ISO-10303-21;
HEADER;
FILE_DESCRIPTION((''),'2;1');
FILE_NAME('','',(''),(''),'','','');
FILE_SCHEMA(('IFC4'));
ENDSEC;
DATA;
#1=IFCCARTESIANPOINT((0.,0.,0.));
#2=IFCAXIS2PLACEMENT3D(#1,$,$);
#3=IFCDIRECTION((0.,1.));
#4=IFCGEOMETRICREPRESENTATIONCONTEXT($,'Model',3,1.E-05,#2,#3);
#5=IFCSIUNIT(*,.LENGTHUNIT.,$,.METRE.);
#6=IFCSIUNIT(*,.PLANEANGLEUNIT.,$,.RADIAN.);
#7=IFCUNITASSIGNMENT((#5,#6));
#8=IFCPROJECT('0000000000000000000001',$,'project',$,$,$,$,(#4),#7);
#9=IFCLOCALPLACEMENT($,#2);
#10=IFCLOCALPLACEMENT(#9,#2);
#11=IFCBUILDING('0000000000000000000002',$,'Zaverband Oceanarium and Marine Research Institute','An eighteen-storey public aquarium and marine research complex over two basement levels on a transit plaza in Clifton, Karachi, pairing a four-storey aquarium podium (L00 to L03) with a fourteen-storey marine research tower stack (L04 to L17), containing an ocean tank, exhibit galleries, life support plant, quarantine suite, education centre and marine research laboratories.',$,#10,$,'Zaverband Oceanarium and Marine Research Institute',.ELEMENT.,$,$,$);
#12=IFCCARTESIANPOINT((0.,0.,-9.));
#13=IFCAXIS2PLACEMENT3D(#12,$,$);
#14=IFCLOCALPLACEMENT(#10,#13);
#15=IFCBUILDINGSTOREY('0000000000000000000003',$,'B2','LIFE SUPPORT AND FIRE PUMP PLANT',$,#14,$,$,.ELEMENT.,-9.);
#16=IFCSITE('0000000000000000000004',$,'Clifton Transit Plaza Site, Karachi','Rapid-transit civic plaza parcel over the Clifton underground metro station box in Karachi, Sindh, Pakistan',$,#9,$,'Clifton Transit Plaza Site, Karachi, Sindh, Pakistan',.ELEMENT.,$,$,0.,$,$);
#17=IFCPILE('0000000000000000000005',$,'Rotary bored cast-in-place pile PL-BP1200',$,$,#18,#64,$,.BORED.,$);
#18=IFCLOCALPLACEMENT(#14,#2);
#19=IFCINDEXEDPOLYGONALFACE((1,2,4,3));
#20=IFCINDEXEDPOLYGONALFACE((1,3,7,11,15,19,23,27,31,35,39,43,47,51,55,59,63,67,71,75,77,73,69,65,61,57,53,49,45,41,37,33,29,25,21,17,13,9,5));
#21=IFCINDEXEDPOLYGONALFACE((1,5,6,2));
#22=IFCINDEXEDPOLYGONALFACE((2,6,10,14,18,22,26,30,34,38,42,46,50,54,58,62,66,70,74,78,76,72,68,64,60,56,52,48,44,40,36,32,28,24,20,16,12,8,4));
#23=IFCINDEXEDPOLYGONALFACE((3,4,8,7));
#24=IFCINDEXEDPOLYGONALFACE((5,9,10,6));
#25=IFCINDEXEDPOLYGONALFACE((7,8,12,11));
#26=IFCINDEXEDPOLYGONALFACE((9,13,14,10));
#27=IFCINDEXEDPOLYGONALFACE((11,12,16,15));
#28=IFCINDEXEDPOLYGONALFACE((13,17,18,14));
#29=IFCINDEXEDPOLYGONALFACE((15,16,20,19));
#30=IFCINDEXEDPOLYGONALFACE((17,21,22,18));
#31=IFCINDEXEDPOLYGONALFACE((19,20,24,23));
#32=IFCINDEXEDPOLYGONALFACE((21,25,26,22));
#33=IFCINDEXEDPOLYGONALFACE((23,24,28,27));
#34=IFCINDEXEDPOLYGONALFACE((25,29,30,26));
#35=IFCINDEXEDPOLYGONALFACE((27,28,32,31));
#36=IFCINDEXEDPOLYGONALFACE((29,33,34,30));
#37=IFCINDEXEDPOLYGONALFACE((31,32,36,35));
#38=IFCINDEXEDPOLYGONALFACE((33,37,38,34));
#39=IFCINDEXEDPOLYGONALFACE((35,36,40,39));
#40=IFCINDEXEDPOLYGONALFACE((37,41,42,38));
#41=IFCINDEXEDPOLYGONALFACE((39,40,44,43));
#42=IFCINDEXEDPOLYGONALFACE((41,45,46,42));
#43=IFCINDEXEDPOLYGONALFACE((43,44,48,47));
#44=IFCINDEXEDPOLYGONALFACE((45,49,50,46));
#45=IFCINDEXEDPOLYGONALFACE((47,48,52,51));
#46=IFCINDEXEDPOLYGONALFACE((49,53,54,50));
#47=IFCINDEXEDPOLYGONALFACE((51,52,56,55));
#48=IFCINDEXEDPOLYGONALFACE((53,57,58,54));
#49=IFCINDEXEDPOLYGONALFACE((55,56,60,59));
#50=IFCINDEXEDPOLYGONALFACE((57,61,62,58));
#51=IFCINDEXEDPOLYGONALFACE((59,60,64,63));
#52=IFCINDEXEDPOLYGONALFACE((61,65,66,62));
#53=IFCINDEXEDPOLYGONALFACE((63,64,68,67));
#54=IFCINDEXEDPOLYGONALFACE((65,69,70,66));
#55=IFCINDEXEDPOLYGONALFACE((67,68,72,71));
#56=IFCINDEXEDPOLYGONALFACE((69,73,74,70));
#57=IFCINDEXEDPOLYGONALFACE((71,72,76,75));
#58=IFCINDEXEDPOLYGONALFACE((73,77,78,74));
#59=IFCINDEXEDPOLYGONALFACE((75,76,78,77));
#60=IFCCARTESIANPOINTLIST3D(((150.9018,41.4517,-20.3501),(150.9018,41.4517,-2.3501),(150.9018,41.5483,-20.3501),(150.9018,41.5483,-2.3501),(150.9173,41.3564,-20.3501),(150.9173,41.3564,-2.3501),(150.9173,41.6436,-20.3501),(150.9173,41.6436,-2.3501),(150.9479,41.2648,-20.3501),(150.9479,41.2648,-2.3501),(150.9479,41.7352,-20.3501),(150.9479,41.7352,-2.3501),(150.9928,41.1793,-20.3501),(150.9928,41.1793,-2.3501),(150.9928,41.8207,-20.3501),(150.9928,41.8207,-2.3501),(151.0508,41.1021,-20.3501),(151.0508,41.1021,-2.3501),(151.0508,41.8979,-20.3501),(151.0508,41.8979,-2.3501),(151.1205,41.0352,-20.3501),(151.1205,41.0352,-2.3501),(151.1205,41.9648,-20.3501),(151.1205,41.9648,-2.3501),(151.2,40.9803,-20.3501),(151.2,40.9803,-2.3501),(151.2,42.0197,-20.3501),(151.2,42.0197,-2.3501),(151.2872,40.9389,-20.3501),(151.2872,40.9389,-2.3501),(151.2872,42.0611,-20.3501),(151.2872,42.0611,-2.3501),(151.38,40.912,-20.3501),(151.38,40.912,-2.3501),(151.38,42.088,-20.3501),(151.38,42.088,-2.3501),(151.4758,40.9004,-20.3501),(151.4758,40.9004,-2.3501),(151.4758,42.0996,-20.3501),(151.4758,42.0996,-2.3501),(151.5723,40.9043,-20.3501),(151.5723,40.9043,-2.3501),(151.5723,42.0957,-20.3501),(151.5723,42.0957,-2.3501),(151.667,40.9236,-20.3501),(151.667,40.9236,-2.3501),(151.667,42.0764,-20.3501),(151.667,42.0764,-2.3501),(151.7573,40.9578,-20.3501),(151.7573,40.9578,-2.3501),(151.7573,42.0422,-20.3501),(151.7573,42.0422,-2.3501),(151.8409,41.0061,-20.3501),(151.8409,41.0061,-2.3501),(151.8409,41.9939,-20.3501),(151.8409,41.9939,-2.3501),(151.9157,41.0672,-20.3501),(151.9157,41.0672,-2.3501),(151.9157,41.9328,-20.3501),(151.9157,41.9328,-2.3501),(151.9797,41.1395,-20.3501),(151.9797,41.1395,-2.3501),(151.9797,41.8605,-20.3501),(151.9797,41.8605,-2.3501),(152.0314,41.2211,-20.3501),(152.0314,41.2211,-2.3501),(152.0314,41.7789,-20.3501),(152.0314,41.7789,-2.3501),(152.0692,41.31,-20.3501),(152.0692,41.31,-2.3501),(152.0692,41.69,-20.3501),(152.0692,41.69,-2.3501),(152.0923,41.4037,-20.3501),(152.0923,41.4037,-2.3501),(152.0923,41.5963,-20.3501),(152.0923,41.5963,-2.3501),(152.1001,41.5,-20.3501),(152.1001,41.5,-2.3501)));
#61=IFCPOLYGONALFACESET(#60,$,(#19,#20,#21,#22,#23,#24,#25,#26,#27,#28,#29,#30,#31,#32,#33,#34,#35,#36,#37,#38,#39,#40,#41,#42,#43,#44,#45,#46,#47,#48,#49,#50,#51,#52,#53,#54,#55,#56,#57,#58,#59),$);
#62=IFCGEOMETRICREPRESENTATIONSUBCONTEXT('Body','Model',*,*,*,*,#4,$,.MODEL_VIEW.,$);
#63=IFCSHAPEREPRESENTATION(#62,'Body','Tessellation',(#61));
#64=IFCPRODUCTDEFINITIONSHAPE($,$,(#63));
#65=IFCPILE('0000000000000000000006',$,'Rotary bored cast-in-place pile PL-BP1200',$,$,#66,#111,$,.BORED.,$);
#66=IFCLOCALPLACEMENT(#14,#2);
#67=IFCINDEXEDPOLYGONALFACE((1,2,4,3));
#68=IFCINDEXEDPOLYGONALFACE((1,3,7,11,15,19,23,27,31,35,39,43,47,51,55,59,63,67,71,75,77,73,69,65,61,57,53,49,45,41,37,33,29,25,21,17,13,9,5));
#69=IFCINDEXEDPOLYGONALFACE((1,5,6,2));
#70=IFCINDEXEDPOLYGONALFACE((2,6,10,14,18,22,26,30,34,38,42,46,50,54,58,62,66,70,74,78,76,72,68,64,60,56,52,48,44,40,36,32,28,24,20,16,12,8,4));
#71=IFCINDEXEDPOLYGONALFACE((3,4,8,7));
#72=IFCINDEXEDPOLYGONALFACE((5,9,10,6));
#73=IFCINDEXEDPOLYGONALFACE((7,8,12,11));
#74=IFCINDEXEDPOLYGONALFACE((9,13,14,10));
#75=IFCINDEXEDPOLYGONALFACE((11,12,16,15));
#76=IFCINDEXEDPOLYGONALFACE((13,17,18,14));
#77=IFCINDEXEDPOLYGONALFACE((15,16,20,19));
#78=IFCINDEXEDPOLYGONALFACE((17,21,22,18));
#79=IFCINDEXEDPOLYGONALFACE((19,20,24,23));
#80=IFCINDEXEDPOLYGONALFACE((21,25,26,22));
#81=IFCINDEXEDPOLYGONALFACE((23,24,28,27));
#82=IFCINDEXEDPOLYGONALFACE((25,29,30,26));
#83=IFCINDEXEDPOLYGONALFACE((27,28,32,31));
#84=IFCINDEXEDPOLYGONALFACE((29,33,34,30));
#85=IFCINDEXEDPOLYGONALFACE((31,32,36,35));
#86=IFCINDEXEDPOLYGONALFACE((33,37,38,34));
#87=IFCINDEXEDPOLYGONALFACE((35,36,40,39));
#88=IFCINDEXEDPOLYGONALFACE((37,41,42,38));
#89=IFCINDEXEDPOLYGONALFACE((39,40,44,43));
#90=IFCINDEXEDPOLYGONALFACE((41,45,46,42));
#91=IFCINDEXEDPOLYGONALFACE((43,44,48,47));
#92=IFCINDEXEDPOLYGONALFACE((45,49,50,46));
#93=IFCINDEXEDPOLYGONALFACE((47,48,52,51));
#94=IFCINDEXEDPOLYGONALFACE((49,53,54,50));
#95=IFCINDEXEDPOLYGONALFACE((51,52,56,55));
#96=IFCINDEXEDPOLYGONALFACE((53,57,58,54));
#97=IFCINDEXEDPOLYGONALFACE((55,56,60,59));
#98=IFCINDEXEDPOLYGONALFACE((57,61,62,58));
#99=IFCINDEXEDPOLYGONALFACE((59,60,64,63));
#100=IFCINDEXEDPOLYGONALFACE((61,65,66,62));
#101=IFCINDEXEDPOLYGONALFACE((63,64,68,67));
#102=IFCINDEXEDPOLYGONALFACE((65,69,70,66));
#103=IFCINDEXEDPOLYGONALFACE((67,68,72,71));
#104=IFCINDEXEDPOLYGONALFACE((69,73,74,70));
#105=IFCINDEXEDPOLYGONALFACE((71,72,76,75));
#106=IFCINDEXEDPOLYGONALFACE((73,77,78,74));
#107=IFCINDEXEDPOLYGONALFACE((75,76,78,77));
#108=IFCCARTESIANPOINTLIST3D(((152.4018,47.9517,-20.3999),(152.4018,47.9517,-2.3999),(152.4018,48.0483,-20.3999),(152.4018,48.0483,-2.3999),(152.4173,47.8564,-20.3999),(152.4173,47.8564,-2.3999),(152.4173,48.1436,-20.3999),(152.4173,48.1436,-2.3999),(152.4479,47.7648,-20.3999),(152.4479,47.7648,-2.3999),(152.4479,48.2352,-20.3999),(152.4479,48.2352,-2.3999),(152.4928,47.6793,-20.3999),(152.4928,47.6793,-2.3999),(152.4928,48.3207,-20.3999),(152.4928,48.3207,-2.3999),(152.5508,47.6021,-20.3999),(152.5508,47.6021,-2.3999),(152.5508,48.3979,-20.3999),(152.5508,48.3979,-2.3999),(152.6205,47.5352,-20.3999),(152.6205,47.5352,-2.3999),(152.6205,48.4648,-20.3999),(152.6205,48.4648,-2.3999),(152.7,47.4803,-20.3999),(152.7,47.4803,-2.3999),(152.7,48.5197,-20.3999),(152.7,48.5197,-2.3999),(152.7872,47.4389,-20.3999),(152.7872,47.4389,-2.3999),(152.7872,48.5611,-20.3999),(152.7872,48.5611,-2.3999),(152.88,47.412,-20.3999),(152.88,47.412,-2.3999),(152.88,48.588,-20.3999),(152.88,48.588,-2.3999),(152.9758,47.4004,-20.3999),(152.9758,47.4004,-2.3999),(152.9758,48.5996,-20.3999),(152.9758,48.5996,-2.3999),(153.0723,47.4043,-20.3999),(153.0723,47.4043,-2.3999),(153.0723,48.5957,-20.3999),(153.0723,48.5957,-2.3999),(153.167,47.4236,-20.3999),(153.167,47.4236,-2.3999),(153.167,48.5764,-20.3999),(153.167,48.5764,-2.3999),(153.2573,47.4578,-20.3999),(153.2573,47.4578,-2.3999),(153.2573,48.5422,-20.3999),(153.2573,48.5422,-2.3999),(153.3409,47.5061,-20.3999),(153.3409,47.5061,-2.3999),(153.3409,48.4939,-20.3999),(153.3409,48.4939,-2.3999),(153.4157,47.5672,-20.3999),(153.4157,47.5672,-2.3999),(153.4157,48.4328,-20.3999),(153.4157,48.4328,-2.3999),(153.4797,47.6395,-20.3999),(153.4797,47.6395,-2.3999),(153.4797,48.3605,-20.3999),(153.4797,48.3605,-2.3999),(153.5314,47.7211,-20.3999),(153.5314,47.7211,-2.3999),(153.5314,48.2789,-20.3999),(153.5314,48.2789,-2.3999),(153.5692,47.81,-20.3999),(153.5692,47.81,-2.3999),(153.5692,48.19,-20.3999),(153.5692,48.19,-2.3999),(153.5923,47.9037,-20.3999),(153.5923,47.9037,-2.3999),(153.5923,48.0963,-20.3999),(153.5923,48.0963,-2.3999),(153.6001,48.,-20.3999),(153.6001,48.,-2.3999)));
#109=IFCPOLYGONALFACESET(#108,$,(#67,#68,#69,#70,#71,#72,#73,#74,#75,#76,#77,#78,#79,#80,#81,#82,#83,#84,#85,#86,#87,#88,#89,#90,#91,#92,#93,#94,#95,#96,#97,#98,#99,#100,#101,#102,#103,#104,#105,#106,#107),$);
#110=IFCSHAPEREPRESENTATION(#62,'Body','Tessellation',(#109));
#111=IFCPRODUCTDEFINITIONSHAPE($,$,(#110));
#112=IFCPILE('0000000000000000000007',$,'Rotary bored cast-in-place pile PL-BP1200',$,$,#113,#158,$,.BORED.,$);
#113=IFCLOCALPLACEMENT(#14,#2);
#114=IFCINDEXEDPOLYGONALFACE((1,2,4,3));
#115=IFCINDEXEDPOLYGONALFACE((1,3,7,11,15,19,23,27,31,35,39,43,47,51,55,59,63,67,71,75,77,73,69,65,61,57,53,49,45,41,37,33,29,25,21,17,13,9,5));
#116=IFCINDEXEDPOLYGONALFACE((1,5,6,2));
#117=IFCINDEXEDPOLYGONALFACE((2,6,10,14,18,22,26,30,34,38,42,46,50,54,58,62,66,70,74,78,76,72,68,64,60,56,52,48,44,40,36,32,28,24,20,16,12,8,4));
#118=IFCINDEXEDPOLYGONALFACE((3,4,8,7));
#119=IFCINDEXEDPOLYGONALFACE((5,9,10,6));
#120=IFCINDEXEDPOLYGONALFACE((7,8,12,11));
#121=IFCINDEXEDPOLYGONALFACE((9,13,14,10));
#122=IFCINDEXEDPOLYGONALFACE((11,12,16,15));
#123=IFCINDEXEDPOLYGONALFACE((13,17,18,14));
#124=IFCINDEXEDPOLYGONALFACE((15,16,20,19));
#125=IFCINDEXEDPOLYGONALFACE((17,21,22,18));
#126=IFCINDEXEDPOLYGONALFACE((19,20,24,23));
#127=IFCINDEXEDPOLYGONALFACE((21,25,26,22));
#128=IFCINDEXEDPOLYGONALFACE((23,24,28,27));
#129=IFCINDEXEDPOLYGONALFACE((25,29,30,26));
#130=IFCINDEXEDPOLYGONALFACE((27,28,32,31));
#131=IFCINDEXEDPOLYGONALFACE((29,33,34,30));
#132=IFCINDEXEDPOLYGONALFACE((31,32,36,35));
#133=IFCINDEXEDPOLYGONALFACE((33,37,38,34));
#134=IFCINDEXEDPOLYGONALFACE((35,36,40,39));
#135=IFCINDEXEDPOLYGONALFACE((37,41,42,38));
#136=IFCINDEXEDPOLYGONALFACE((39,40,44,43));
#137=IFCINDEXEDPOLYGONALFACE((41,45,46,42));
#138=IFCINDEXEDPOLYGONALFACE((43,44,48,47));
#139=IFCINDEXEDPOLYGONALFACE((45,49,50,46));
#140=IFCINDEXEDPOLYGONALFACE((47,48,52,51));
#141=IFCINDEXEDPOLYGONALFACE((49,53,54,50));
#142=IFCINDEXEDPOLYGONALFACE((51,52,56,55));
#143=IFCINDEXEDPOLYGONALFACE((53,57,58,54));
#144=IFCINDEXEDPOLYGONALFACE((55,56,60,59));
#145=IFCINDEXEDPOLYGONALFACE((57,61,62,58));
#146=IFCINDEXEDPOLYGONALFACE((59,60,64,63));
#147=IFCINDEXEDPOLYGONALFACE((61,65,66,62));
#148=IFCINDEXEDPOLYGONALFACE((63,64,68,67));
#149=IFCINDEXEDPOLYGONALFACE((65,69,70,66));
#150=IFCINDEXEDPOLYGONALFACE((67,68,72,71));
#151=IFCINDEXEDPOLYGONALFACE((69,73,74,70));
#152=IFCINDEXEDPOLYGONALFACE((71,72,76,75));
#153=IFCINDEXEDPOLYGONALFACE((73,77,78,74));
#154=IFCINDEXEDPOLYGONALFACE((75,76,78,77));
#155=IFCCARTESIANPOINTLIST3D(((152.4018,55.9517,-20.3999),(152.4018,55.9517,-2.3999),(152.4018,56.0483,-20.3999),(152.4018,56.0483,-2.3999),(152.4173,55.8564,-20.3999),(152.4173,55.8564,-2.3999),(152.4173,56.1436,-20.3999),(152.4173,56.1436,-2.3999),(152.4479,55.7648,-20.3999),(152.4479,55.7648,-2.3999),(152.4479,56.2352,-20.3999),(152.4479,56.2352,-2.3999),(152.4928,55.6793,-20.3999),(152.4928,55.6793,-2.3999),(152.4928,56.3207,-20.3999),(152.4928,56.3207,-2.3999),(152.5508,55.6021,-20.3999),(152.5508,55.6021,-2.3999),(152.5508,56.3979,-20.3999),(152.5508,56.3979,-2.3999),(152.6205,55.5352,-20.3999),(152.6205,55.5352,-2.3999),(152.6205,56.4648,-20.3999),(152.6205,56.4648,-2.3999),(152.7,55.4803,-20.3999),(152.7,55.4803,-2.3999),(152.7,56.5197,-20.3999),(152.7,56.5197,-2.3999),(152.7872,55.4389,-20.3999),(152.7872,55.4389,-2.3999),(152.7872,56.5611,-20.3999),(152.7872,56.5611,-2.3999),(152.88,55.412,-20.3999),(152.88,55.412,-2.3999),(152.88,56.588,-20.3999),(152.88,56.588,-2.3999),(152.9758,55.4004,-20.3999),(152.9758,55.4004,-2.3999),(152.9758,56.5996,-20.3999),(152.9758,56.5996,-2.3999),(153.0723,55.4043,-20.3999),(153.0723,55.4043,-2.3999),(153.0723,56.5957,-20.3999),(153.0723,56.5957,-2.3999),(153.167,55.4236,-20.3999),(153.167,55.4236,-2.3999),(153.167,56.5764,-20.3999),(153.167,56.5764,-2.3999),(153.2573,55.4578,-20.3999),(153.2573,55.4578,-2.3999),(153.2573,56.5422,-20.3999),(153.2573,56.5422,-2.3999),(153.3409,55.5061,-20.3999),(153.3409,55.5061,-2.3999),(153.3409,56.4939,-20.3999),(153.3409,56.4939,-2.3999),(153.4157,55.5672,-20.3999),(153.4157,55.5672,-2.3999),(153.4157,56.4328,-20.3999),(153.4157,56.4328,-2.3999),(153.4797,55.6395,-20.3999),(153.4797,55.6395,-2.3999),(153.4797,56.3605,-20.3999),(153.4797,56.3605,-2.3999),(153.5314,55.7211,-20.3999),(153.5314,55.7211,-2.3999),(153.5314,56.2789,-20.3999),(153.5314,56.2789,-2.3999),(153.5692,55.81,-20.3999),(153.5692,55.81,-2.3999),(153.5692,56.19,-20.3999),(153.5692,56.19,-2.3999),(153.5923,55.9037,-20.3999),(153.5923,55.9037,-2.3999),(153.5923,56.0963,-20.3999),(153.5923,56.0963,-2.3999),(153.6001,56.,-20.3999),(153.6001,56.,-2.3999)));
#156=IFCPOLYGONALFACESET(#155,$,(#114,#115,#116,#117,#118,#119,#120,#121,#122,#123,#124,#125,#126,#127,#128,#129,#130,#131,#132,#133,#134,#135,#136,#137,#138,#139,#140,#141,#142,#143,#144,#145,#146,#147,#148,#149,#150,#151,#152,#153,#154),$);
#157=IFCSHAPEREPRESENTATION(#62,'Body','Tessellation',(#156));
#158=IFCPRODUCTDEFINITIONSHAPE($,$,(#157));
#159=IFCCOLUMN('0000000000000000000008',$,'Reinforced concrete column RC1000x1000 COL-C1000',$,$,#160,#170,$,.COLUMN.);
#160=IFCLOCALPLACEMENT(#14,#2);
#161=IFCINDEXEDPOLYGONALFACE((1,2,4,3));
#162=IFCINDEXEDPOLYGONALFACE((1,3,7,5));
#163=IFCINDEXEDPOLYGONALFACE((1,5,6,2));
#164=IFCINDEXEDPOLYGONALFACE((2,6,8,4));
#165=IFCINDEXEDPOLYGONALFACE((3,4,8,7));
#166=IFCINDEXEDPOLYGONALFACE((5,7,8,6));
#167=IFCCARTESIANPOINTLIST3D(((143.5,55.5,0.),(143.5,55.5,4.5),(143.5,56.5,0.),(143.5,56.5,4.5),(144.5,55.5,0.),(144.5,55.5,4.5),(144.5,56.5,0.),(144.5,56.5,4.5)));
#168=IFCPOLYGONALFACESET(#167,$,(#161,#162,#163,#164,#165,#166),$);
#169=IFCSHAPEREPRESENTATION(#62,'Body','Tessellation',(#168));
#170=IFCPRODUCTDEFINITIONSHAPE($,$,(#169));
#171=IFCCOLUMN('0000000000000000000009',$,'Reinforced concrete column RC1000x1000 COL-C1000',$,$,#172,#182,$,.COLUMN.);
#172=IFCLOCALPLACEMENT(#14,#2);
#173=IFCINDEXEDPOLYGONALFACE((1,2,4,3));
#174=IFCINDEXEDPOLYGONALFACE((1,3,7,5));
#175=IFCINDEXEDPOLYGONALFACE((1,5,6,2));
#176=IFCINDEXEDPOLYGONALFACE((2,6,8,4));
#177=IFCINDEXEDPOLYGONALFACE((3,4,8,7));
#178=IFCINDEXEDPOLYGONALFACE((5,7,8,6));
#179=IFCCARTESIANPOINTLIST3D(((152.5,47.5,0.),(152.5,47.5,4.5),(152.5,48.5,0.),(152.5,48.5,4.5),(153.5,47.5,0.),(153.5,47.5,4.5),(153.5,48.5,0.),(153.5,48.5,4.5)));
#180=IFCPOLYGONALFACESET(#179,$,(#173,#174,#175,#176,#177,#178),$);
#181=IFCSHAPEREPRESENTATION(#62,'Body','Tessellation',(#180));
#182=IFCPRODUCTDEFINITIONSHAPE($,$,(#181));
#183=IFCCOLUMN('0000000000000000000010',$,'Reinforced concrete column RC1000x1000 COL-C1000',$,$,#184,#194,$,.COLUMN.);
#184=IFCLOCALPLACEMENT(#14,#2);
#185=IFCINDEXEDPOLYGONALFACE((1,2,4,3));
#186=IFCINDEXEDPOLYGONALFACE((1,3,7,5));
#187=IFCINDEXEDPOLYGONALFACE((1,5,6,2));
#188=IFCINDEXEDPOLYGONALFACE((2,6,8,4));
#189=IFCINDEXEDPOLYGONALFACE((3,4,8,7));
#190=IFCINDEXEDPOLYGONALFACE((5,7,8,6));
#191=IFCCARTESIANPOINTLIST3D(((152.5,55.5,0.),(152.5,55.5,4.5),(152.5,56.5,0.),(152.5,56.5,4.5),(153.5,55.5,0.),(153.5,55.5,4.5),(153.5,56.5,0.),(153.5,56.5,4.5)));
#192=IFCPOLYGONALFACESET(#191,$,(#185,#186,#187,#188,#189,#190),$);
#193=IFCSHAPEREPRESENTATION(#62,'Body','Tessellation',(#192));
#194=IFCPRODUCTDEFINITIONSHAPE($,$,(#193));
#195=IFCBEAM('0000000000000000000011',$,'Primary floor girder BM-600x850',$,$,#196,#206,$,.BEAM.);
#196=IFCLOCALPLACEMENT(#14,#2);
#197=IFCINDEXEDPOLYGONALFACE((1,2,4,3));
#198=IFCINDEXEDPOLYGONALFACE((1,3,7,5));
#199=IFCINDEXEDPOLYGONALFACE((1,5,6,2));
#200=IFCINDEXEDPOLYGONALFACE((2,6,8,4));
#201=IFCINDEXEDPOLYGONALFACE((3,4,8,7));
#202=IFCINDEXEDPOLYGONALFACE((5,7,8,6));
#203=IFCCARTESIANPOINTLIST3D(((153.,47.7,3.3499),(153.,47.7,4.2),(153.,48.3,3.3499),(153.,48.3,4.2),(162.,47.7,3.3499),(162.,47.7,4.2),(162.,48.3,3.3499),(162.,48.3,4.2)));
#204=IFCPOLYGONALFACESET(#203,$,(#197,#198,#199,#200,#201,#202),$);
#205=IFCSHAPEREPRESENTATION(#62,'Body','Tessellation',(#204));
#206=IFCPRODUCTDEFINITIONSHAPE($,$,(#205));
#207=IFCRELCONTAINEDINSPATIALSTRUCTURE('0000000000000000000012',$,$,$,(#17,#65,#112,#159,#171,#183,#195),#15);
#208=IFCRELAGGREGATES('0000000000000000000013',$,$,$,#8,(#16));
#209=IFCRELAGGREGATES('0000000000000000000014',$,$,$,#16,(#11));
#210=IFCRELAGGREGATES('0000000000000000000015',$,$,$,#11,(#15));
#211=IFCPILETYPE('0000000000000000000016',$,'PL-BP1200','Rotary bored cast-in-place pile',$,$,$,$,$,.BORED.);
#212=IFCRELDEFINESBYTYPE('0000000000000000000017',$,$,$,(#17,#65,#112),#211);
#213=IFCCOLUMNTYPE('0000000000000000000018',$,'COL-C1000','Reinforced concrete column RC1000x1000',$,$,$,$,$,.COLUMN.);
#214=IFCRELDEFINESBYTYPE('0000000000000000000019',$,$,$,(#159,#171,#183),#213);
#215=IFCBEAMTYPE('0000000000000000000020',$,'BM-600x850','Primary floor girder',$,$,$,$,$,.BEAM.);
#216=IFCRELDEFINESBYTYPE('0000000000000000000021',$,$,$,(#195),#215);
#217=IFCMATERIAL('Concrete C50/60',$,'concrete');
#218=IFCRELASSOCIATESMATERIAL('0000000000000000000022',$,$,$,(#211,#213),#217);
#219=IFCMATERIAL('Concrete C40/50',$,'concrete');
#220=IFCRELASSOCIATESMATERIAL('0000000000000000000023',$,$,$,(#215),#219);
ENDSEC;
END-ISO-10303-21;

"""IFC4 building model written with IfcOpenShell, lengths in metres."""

from ifc_helpers import new_model, si_unit, direction, frame, origin, origin_2d, place, context, subcontext, project, spatial, rectangle, circle, extrude, material, material_profile, profile_set, type_object, element, save


model = new_model("IFC4")

# Units and contexts
model_context = context("Model", 3, precision=1e-05, world=origin(), true_north=direction((0.0, 1.0)))
body_context = subcontext(model_context, "Body", "Model", "MODEL_VIEW")
ifc_project = project(units=[si_unit("LENGTHUNIT", "METRE"), si_unit("PLANEANGLEUNIT", "RADIAN")], contexts=[model_context])

# Site, building, storey
site_placement = place(None, origin())
site = spatial("IfcSite", under=ifc_project, at=site_placement, Name="Clifton Transit Plaza Site, Karachi", Description="Rapid-transit civic plaza parcel over the Clifton underground metro station box in Karachi, Sindh, Pakistan", LongName="Clifton Transit Plaza Site, Karachi, Sindh, Pakistan", CompositionType="ELEMENT", RefElevation=0.0)
building_placement = place(site_placement, origin())
building = spatial("IfcBuilding", under=site, at=building_placement, Name="Zaverband Oceanarium and Marine Research Institute", Description="An eighteen-storey public aquarium and marine research complex over two basement levels on a transit plaza in Clifton, Karachi, pairing a four-storey aquarium podium (L00 to L03) with a fourteen-storey marine research tower stack (L04 to L17), containing an ocean tank, exhibit galleries, life support plant, quarantine suite, education centre and marine research laboratories.", LongName="Zaverband Oceanarium and Marine Research Institute", CompositionType="ELEMENT")
storey_placement = place(building_placement, frame((0.0, 0.0, -9.0)))
storey = spatial("IfcBuildingStorey", under=building, at=storey_placement, Name="B2", Description="LIFE SUPPORT AND FIRE PUMP PLANT", CompositionType="ELEMENT", Elevation=-9.0)

# Shared definitions
ifc_material_1 = material(Name="Concrete C50/60", Category="concrete")

# Piles
ifc_material_profile_1 = material_profile(ifc_material_1, circle(Radius=0.6001, at=origin_2d()), Name="BP1200")
ifc_profile_set_1 = profile_set([ifc_material_profile_1], Name="Concrete C50/60")
pile_type = type_object("IfcPileType", Name="PL-BP1200", Description="Rotary bored cast-in-place pile", PredefinedType="BORED", material=ifc_profile_set_1)
for number, where, z_axis, x_axis, name in (
    (1, (151.5, 41.5, -2.3501), (0.0, 0.0, -1.0), (1.0, 0.0, 0.0), "Rotary bored cast-in-place pile PL-BP1200"),
    (2, (153.0, 48.0, -2.3999), (0.0, 0.0, -1.0), (1.0, 0.0, 0.0), "Rotary bored cast-in-place pile PL-BP1200"),
    (3, (153.0, 56.0, -2.3999), (0.0, 0.0, -1.0), (1.0, 0.0, 0.0), "Rotary bored cast-in-place pile PL-BP1200"),
):
    element("IfcPile", number, at=place(storey_placement, frame(where, z_axis=z_axis, x_axis=x_axis)), inside=storey, type_object=pile_type, Name=name, PredefinedType="BORED", context=body_context, shape_type="SweptSolid", body=[
        extrude(circle(Radius=0.6001, at=origin_2d()), origin(), (0.0, 0.0, 1.0), 18.0),
    ])

# Columns
ifc_material_profile_2 = material_profile(ifc_material_1, rectangle(XDim=1.0, YDim=1.0, at=origin_2d()), Name="RC1000x1000")
ifc_profile_set_2 = profile_set([ifc_material_profile_2], Name="Concrete C50/60")
column_type = type_object("IfcColumnType", Name="COL-C1000", Description="Reinforced concrete column RC1000x1000", PredefinedType="COLUMN", material=ifc_profile_set_2)
for number, where, z_axis, x_axis, name in (
    (4, (144.0, 56.0, 0.0), (0.0, 0.0, 1.0), (1.0, 0.0, 0.0), "Reinforced concrete column RC1000x1000 COL-C1000"),
    (5, (153.0, 48.0, 0.0), (0.0, 0.0, 1.0), (1.0, 0.0, 0.0), "Reinforced concrete column RC1000x1000 COL-C1000"),
    (6, (153.0, 56.0, 0.0), (0.0, 0.0, 1.0), (1.0, 0.0, 0.0), "Reinforced concrete column RC1000x1000 COL-C1000"),
):
    element("IfcColumn", number, at=place(storey_placement, frame(where, z_axis=z_axis, x_axis=x_axis)), inside=storey, type_object=column_type, Name=name, PredefinedType="COLUMN", context=body_context, shape_type="SweptSolid", body=[
        extrude(rectangle(XDim=1.0, YDim=1.0, at=origin_2d()), origin(), (0.0, 0.0, 1.0), 4.5),
    ])

# Beam
ifc_material_2 = material(Name="Concrete C40/50", Category="concrete")
ifc_material_profile_3 = material_profile(ifc_material_2, rectangle(XDim=0.6001, YDim=0.8501, at=origin_2d()), Name="RC600x850")
ifc_profile_set_3 = profile_set([ifc_material_profile_3], Name="Concrete C40/50")
beam_type_1 = type_object("IfcBeamType", Name="BM-600x850", Description="Primary floor girder", PredefinedType="BEAM", material=ifc_profile_set_3)
for number, where, z_axis, x_axis, name in (
    (7, (153.0, 48.0, 3.7749), (1.0, 0.0, 0.0), (0.0, 1.0, 0.0), "Primary floor girder BM-600x850"),
):
    element("IfcBeam", number, at=place(storey_placement, frame(where, z_axis=z_axis, x_axis=x_axis)), inside=storey, type_object=beam_type_1, Name=name, PredefinedType="BEAM", context=body_context, shape_type="SweptSolid", body=[
        extrude(rectangle(XDim=0.6001, YDim=0.8501, at=origin_2d()), origin(), (0.0, 0.0, 1.0), 9.0),
    ])

save(model, "model.ifc")
